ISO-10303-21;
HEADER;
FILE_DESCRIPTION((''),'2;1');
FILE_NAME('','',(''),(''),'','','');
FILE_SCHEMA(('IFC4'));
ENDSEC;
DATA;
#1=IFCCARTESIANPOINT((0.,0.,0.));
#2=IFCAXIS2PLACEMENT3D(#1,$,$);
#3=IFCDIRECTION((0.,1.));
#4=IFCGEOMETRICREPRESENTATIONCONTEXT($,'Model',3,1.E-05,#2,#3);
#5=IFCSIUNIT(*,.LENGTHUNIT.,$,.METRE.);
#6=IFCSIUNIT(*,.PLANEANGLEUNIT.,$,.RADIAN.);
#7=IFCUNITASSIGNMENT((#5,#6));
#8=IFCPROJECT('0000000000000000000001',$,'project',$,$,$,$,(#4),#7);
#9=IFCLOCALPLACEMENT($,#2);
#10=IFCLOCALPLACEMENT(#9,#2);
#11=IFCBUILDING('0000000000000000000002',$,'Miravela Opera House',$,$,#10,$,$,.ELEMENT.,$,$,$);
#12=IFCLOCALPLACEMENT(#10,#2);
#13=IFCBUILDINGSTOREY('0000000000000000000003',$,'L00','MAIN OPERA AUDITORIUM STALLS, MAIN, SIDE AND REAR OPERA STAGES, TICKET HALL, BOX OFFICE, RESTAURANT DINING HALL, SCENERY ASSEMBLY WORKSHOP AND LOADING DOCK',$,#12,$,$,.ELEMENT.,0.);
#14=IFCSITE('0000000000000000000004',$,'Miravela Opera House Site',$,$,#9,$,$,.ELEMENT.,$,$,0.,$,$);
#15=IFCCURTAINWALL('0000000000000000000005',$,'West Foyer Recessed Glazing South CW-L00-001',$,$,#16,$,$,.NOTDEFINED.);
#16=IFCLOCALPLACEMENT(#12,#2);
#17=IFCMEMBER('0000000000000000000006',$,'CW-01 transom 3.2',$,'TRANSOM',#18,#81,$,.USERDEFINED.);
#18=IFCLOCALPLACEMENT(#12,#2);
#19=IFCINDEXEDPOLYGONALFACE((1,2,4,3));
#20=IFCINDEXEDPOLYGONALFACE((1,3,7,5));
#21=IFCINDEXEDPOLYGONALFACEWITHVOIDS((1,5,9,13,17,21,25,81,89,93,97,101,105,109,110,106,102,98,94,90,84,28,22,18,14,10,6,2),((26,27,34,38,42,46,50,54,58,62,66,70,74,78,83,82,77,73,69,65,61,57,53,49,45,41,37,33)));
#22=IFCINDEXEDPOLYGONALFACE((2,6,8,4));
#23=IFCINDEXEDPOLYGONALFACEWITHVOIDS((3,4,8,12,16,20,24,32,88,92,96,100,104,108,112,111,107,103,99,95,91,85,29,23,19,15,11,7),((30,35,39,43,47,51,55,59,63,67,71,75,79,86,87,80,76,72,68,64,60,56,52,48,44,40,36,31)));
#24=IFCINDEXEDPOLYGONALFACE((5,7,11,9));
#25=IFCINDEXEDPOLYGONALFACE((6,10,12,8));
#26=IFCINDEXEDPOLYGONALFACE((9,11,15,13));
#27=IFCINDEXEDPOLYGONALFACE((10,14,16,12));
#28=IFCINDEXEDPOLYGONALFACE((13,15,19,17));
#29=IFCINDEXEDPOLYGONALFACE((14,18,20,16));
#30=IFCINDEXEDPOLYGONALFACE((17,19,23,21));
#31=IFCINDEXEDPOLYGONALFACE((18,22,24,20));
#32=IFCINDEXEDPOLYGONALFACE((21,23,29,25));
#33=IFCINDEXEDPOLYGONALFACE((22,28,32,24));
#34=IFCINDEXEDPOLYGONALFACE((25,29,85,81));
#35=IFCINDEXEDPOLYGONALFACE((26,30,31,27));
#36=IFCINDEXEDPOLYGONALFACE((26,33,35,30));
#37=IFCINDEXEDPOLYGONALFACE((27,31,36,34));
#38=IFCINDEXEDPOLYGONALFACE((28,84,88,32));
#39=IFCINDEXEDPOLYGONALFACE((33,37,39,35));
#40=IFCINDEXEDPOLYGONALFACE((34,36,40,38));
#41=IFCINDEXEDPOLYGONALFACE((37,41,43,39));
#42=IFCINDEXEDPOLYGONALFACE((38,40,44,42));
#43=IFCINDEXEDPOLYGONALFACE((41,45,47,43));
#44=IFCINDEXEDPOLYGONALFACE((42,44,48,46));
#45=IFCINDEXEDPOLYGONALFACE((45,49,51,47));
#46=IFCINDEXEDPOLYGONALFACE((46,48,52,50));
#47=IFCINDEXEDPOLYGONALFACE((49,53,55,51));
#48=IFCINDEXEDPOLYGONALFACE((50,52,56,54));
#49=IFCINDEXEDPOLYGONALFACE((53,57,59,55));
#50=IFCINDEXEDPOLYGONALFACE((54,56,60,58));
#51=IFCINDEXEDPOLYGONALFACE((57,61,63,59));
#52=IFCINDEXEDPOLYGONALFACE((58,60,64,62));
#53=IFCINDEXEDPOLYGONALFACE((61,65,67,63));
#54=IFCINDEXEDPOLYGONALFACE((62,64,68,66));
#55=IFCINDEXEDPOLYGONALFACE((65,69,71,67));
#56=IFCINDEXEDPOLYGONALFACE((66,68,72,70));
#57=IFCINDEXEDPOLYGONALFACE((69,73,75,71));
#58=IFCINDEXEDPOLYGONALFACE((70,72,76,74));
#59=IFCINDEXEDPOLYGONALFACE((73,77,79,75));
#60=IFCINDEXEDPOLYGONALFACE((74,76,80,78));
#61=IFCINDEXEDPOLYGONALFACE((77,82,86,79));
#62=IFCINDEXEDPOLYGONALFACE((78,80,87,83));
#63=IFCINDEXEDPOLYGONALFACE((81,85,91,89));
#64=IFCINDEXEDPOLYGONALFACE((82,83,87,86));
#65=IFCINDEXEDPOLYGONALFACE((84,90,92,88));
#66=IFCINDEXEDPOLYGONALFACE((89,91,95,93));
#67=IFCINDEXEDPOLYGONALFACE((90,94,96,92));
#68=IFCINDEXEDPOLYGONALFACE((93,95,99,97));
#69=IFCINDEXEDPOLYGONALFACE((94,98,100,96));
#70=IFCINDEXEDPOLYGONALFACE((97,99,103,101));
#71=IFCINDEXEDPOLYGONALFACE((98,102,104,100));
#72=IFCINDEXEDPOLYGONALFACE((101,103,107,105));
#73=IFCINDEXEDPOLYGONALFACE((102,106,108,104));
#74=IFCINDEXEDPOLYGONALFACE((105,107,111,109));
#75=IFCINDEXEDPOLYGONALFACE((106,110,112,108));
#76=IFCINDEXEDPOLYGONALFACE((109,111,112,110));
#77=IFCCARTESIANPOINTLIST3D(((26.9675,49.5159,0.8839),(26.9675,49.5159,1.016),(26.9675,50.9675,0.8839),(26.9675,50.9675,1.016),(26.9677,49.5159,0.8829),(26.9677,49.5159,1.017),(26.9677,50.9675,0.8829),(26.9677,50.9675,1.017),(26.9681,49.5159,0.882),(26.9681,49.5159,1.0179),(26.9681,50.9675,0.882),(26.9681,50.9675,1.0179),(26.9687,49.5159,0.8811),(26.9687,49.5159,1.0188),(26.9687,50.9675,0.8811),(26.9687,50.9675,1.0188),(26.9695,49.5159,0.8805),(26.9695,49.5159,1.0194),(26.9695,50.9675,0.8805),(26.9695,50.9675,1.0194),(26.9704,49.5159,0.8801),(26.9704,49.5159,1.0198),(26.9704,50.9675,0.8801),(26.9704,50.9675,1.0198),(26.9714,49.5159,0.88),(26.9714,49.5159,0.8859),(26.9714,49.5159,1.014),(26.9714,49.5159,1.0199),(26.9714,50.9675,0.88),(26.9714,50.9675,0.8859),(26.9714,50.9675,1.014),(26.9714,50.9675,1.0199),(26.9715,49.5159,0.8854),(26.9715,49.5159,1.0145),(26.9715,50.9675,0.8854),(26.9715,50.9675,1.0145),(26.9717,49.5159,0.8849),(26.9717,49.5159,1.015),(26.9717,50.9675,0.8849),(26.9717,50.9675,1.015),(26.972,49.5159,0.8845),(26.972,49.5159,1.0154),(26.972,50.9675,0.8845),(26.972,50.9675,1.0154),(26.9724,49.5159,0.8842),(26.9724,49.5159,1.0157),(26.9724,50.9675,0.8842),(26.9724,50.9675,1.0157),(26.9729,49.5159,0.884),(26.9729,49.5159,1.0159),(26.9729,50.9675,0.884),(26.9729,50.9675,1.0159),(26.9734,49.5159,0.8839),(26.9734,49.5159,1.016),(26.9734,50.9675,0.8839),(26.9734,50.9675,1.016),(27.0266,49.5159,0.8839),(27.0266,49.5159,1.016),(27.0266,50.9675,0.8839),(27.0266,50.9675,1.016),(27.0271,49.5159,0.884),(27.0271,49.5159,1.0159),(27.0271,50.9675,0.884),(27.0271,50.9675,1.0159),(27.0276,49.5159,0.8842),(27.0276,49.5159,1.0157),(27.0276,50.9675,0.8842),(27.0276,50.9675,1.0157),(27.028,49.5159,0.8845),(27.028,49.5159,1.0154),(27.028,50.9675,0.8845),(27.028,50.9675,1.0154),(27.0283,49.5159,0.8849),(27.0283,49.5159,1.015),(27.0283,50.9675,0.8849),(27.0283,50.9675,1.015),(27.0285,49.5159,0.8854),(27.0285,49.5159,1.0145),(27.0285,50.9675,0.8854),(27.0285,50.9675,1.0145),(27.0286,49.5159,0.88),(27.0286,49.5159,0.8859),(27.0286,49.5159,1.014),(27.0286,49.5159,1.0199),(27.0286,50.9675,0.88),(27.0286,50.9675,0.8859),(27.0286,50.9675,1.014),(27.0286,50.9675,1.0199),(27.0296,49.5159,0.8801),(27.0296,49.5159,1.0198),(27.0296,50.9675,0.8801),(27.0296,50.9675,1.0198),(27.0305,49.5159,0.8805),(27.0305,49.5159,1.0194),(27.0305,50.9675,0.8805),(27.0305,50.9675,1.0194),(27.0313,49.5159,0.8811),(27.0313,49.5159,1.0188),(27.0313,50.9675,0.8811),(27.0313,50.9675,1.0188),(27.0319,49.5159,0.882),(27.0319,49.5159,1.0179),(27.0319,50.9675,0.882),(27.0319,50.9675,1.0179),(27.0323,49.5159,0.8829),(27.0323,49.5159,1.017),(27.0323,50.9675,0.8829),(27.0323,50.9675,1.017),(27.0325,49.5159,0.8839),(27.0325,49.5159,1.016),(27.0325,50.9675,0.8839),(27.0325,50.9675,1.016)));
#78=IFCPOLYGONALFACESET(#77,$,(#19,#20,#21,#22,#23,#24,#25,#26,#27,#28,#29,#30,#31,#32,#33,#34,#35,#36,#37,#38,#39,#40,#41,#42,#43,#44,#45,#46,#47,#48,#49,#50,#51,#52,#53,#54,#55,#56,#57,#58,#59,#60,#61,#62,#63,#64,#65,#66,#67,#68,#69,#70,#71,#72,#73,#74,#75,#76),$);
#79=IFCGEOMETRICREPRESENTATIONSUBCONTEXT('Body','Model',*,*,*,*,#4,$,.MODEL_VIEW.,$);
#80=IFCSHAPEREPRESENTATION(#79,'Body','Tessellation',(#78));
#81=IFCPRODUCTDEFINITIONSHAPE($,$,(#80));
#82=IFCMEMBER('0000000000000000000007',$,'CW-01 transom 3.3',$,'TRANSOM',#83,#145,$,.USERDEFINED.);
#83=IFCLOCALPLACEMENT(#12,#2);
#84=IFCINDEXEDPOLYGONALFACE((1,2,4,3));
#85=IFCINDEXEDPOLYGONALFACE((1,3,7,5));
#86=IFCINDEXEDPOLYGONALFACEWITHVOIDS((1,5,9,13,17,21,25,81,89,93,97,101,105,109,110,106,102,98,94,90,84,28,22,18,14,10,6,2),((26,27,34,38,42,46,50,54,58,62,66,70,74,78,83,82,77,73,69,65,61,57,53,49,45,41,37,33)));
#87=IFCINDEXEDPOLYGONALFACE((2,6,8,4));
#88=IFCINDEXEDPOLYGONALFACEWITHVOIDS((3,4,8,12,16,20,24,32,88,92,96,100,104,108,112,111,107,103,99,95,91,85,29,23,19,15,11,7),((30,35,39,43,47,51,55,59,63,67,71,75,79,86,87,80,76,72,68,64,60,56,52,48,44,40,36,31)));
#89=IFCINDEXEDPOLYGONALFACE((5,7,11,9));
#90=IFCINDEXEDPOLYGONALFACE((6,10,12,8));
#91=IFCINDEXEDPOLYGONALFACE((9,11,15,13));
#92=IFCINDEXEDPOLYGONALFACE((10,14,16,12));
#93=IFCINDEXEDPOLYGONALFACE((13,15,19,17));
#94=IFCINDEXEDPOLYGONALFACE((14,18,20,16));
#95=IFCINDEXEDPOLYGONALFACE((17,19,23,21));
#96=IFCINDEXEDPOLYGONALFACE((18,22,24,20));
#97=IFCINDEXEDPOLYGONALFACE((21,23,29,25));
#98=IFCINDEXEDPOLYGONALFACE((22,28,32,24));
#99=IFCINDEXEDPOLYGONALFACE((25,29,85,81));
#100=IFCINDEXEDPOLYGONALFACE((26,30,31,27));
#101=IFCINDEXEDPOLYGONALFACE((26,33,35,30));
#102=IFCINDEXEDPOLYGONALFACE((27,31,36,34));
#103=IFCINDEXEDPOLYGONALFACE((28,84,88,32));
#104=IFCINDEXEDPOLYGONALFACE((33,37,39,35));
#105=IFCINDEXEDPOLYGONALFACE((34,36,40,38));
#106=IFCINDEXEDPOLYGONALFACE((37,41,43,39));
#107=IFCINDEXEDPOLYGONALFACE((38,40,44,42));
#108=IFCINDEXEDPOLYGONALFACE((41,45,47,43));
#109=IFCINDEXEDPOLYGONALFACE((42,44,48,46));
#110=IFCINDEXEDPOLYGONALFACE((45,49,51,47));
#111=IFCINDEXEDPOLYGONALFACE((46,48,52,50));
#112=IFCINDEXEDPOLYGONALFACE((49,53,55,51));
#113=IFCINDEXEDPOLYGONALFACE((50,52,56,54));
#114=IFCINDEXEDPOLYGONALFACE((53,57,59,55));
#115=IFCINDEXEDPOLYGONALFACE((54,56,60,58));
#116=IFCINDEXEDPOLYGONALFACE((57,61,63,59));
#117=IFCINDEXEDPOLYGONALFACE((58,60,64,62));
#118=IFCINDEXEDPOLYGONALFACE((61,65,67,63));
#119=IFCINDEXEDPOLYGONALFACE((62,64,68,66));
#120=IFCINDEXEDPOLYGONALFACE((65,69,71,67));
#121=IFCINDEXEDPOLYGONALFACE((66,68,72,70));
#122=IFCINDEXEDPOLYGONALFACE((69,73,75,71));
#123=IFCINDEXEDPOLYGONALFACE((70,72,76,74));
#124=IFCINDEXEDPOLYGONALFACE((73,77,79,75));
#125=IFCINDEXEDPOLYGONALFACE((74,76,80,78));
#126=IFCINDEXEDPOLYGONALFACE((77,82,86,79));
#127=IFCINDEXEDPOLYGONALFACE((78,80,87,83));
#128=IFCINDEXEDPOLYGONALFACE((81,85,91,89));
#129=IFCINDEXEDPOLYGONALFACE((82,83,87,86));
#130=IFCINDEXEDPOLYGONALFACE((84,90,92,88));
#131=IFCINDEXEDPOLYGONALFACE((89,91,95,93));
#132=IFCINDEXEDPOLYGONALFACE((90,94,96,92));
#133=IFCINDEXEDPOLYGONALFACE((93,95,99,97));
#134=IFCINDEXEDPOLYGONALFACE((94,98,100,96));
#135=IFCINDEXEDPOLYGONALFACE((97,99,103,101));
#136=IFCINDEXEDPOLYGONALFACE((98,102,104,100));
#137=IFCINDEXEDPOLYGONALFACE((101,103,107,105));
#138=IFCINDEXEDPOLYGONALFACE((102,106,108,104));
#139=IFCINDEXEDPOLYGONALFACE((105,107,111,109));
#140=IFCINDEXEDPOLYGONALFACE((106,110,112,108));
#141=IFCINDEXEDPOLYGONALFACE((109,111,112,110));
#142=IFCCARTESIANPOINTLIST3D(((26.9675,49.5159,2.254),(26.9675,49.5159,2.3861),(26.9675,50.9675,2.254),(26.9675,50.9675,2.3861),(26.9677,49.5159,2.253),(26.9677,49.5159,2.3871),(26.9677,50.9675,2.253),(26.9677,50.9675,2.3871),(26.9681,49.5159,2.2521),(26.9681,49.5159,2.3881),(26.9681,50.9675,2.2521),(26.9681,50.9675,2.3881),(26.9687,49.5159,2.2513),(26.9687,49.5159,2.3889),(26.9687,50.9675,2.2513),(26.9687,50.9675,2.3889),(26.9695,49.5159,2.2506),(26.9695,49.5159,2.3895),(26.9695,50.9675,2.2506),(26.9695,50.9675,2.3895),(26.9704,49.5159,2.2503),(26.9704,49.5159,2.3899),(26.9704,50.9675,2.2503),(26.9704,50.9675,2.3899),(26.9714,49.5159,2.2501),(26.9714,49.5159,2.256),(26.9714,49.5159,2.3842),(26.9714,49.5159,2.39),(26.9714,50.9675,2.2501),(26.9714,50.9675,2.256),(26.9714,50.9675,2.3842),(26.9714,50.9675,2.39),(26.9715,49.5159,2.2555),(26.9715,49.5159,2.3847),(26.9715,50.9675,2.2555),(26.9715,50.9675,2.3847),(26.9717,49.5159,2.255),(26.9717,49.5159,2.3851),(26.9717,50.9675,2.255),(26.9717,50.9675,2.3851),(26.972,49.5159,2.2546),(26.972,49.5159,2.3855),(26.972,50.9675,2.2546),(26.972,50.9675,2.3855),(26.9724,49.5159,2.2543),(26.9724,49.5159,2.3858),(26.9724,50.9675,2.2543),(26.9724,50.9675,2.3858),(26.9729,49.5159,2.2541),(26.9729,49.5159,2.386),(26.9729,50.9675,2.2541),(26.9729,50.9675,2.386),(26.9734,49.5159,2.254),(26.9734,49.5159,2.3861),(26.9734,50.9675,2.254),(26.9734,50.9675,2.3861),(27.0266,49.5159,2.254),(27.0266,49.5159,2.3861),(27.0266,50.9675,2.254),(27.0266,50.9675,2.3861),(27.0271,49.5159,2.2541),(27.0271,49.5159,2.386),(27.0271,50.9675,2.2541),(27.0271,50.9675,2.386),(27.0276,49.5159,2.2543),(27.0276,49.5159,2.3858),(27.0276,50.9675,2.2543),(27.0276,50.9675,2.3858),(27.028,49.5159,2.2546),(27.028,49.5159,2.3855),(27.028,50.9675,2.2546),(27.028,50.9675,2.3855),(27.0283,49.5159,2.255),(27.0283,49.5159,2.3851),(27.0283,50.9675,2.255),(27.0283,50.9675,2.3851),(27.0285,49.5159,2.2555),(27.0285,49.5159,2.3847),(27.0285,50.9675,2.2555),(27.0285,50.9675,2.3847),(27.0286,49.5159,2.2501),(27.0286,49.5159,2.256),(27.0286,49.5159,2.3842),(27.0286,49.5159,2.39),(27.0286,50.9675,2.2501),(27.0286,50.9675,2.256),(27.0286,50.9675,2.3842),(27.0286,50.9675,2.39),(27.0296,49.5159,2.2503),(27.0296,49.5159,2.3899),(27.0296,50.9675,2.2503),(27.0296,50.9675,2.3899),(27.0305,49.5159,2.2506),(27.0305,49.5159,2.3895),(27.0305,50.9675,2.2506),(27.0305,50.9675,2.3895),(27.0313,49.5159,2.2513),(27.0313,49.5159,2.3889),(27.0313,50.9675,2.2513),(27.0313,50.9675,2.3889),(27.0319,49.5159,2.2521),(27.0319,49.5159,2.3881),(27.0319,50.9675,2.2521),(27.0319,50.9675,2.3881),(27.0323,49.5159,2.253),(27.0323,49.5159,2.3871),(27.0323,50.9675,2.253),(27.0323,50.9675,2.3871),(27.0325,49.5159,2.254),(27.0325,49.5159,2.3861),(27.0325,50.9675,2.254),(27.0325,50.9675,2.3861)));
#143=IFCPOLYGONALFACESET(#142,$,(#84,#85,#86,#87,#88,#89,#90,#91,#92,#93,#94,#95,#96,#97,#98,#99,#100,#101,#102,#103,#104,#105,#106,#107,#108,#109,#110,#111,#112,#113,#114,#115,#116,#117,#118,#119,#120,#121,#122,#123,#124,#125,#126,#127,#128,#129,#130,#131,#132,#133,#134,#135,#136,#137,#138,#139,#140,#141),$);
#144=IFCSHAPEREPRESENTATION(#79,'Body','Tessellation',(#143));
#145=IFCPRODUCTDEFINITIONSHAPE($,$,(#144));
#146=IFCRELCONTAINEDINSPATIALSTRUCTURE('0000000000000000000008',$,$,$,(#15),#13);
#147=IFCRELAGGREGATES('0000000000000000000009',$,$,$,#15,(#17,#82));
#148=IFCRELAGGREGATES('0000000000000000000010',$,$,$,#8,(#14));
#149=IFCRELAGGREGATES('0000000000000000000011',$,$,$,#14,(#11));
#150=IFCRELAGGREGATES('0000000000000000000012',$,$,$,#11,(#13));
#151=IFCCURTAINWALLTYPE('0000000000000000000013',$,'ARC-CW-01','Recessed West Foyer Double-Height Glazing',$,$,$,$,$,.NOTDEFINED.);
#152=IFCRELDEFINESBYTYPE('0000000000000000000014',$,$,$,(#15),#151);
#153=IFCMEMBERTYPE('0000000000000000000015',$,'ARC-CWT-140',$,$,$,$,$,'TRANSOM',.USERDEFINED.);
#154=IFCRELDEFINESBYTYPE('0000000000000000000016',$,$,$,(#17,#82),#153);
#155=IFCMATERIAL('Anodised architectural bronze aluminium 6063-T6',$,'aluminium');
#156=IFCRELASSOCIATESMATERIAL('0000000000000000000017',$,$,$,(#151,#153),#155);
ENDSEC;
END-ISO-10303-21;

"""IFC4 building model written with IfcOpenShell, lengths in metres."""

from ifc_helpers import new_model, si_unit, direction, frame, origin, origin_2d, place, context, subcontext, project, spatial, hollow_rectangle, extrude, material, material_profile, profile_set, type_object, element, aggregate, save


model = new_model("IFC4")

# Units and contexts
model_context = context("Model", 3, precision=1e-05, world=origin(), true_north=direction((0.0, 1.0)))
body_context = subcontext(model_context, "Body", "Model", "MODEL_VIEW")
ifc_project = project(units=[si_unit("LENGTHUNIT", "METRE"), si_unit("PLANEANGLEUNIT", "RADIAN")], contexts=[model_context])

# Site, building, storey
site_placement = place(None, origin())
site = spatial("IfcSite", under=ifc_project, at=site_placement, Name="Miravela Opera House Site", CompositionType="ELEMENT", RefElevation=0.0)
building_placement = place(site_placement, origin())
building = spatial("IfcBuilding", under=site, at=building_placement, Name="Miravela Opera House", CompositionType="ELEMENT")
storey_placement = place(building_placement, origin())
storey = spatial("IfcBuildingStorey", under=building, at=storey_placement, Name="L00", Description="MAIN OPERA AUDITORIUM STALLS, MAIN, SIDE AND REAR OPERA STAGES, TICKET HALL, BOX OFFICE, RESTAURANT DINING HALL, SCENERY ASSEMBLY WORKSHOP AND LOADING DOCK", CompositionType="ELEMENT", Elevation=0.0)

# Curtain wall, members
ifc_material_1 = material(Name="Anodised architectural bronze aluminium 6063-T6", Category="aluminium")
curtain_wall_type = type_object("IfcCurtainWallType", Name="ARC-CW-01", Description="Recessed West Foyer Double-Height Glazing", PredefinedType="NOTDEFINED", material=ifc_material_1)
curtain_wall_placement = place(storey_placement, origin())
curtain_wall = element("IfcCurtainWall", 1, at=curtain_wall_placement, inside=storey, type_object=curtain_wall_type, Name="West Foyer Recessed Glazing South CW-L00-001", PredefinedType="NOTDEFINED")
ifc_material_profile_1 = material_profile(ifc_material_1, hollow_rectangle(XDim=0.0649, YDim=0.1399, WallThickness=0.0039, InnerFilletRadius=0.002, OuterFilletRadius=0.0039, at=origin_2d()), Name="CWT-65X140")
ifc_profile_set_1 = profile_set([ifc_material_profile_1])
member_type_1 = type_object("IfcMemberType", Name="ARC-CWT-140", ElementType="TRANSOM", PredefinedType="USERDEFINED", material=ifc_profile_set_1)
member_1_placement = place(storey_placement, frame((27.0, 49.5159, 0.95), z_axis=(0.0, 1.0, 0.0), x_axis=(-1.0, 0.0, 0.0)))
member_1 = element("IfcMember", 2, at=member_1_placement, type_object=member_type_1, Name="CW-01 transom 3.2", ObjectType="TRANSOM", PredefinedType="USERDEFINED", context=body_context, shape_type="SweptSolid", body=[
    extrude(hollow_rectangle(XDim=0.0649, YDim=0.1399, WallThickness=0.0039, InnerFilletRadius=0.002, OuterFilletRadius=0.0039, at=origin_2d()), origin(), (0.0, 0.0, 1.0), 1.4517),
])
member_2_placement = place(storey_placement, frame((27.0, 49.5159, 2.3201), z_axis=(0.0, 1.0, 0.0), x_axis=(-1.0, 0.0, 0.0)))
member_2 = element("IfcMember", 3, at=member_2_placement, type_object=member_type_1, Name="CW-01 transom 3.3", ObjectType="TRANSOM", PredefinedType="USERDEFINED", context=body_context, shape_type="SweptSolid", body=[
    extrude(hollow_rectangle(XDim=0.0649, YDim=0.1399, WallThickness=0.0039, InnerFilletRadius=0.002, OuterFilletRadius=0.0039, at=origin_2d()), origin(), (0.0, 0.0, 1.0), 1.4517),
])

aggregate(curtain_wall, [member_1, member_2])

save(model, "model.ifc")
